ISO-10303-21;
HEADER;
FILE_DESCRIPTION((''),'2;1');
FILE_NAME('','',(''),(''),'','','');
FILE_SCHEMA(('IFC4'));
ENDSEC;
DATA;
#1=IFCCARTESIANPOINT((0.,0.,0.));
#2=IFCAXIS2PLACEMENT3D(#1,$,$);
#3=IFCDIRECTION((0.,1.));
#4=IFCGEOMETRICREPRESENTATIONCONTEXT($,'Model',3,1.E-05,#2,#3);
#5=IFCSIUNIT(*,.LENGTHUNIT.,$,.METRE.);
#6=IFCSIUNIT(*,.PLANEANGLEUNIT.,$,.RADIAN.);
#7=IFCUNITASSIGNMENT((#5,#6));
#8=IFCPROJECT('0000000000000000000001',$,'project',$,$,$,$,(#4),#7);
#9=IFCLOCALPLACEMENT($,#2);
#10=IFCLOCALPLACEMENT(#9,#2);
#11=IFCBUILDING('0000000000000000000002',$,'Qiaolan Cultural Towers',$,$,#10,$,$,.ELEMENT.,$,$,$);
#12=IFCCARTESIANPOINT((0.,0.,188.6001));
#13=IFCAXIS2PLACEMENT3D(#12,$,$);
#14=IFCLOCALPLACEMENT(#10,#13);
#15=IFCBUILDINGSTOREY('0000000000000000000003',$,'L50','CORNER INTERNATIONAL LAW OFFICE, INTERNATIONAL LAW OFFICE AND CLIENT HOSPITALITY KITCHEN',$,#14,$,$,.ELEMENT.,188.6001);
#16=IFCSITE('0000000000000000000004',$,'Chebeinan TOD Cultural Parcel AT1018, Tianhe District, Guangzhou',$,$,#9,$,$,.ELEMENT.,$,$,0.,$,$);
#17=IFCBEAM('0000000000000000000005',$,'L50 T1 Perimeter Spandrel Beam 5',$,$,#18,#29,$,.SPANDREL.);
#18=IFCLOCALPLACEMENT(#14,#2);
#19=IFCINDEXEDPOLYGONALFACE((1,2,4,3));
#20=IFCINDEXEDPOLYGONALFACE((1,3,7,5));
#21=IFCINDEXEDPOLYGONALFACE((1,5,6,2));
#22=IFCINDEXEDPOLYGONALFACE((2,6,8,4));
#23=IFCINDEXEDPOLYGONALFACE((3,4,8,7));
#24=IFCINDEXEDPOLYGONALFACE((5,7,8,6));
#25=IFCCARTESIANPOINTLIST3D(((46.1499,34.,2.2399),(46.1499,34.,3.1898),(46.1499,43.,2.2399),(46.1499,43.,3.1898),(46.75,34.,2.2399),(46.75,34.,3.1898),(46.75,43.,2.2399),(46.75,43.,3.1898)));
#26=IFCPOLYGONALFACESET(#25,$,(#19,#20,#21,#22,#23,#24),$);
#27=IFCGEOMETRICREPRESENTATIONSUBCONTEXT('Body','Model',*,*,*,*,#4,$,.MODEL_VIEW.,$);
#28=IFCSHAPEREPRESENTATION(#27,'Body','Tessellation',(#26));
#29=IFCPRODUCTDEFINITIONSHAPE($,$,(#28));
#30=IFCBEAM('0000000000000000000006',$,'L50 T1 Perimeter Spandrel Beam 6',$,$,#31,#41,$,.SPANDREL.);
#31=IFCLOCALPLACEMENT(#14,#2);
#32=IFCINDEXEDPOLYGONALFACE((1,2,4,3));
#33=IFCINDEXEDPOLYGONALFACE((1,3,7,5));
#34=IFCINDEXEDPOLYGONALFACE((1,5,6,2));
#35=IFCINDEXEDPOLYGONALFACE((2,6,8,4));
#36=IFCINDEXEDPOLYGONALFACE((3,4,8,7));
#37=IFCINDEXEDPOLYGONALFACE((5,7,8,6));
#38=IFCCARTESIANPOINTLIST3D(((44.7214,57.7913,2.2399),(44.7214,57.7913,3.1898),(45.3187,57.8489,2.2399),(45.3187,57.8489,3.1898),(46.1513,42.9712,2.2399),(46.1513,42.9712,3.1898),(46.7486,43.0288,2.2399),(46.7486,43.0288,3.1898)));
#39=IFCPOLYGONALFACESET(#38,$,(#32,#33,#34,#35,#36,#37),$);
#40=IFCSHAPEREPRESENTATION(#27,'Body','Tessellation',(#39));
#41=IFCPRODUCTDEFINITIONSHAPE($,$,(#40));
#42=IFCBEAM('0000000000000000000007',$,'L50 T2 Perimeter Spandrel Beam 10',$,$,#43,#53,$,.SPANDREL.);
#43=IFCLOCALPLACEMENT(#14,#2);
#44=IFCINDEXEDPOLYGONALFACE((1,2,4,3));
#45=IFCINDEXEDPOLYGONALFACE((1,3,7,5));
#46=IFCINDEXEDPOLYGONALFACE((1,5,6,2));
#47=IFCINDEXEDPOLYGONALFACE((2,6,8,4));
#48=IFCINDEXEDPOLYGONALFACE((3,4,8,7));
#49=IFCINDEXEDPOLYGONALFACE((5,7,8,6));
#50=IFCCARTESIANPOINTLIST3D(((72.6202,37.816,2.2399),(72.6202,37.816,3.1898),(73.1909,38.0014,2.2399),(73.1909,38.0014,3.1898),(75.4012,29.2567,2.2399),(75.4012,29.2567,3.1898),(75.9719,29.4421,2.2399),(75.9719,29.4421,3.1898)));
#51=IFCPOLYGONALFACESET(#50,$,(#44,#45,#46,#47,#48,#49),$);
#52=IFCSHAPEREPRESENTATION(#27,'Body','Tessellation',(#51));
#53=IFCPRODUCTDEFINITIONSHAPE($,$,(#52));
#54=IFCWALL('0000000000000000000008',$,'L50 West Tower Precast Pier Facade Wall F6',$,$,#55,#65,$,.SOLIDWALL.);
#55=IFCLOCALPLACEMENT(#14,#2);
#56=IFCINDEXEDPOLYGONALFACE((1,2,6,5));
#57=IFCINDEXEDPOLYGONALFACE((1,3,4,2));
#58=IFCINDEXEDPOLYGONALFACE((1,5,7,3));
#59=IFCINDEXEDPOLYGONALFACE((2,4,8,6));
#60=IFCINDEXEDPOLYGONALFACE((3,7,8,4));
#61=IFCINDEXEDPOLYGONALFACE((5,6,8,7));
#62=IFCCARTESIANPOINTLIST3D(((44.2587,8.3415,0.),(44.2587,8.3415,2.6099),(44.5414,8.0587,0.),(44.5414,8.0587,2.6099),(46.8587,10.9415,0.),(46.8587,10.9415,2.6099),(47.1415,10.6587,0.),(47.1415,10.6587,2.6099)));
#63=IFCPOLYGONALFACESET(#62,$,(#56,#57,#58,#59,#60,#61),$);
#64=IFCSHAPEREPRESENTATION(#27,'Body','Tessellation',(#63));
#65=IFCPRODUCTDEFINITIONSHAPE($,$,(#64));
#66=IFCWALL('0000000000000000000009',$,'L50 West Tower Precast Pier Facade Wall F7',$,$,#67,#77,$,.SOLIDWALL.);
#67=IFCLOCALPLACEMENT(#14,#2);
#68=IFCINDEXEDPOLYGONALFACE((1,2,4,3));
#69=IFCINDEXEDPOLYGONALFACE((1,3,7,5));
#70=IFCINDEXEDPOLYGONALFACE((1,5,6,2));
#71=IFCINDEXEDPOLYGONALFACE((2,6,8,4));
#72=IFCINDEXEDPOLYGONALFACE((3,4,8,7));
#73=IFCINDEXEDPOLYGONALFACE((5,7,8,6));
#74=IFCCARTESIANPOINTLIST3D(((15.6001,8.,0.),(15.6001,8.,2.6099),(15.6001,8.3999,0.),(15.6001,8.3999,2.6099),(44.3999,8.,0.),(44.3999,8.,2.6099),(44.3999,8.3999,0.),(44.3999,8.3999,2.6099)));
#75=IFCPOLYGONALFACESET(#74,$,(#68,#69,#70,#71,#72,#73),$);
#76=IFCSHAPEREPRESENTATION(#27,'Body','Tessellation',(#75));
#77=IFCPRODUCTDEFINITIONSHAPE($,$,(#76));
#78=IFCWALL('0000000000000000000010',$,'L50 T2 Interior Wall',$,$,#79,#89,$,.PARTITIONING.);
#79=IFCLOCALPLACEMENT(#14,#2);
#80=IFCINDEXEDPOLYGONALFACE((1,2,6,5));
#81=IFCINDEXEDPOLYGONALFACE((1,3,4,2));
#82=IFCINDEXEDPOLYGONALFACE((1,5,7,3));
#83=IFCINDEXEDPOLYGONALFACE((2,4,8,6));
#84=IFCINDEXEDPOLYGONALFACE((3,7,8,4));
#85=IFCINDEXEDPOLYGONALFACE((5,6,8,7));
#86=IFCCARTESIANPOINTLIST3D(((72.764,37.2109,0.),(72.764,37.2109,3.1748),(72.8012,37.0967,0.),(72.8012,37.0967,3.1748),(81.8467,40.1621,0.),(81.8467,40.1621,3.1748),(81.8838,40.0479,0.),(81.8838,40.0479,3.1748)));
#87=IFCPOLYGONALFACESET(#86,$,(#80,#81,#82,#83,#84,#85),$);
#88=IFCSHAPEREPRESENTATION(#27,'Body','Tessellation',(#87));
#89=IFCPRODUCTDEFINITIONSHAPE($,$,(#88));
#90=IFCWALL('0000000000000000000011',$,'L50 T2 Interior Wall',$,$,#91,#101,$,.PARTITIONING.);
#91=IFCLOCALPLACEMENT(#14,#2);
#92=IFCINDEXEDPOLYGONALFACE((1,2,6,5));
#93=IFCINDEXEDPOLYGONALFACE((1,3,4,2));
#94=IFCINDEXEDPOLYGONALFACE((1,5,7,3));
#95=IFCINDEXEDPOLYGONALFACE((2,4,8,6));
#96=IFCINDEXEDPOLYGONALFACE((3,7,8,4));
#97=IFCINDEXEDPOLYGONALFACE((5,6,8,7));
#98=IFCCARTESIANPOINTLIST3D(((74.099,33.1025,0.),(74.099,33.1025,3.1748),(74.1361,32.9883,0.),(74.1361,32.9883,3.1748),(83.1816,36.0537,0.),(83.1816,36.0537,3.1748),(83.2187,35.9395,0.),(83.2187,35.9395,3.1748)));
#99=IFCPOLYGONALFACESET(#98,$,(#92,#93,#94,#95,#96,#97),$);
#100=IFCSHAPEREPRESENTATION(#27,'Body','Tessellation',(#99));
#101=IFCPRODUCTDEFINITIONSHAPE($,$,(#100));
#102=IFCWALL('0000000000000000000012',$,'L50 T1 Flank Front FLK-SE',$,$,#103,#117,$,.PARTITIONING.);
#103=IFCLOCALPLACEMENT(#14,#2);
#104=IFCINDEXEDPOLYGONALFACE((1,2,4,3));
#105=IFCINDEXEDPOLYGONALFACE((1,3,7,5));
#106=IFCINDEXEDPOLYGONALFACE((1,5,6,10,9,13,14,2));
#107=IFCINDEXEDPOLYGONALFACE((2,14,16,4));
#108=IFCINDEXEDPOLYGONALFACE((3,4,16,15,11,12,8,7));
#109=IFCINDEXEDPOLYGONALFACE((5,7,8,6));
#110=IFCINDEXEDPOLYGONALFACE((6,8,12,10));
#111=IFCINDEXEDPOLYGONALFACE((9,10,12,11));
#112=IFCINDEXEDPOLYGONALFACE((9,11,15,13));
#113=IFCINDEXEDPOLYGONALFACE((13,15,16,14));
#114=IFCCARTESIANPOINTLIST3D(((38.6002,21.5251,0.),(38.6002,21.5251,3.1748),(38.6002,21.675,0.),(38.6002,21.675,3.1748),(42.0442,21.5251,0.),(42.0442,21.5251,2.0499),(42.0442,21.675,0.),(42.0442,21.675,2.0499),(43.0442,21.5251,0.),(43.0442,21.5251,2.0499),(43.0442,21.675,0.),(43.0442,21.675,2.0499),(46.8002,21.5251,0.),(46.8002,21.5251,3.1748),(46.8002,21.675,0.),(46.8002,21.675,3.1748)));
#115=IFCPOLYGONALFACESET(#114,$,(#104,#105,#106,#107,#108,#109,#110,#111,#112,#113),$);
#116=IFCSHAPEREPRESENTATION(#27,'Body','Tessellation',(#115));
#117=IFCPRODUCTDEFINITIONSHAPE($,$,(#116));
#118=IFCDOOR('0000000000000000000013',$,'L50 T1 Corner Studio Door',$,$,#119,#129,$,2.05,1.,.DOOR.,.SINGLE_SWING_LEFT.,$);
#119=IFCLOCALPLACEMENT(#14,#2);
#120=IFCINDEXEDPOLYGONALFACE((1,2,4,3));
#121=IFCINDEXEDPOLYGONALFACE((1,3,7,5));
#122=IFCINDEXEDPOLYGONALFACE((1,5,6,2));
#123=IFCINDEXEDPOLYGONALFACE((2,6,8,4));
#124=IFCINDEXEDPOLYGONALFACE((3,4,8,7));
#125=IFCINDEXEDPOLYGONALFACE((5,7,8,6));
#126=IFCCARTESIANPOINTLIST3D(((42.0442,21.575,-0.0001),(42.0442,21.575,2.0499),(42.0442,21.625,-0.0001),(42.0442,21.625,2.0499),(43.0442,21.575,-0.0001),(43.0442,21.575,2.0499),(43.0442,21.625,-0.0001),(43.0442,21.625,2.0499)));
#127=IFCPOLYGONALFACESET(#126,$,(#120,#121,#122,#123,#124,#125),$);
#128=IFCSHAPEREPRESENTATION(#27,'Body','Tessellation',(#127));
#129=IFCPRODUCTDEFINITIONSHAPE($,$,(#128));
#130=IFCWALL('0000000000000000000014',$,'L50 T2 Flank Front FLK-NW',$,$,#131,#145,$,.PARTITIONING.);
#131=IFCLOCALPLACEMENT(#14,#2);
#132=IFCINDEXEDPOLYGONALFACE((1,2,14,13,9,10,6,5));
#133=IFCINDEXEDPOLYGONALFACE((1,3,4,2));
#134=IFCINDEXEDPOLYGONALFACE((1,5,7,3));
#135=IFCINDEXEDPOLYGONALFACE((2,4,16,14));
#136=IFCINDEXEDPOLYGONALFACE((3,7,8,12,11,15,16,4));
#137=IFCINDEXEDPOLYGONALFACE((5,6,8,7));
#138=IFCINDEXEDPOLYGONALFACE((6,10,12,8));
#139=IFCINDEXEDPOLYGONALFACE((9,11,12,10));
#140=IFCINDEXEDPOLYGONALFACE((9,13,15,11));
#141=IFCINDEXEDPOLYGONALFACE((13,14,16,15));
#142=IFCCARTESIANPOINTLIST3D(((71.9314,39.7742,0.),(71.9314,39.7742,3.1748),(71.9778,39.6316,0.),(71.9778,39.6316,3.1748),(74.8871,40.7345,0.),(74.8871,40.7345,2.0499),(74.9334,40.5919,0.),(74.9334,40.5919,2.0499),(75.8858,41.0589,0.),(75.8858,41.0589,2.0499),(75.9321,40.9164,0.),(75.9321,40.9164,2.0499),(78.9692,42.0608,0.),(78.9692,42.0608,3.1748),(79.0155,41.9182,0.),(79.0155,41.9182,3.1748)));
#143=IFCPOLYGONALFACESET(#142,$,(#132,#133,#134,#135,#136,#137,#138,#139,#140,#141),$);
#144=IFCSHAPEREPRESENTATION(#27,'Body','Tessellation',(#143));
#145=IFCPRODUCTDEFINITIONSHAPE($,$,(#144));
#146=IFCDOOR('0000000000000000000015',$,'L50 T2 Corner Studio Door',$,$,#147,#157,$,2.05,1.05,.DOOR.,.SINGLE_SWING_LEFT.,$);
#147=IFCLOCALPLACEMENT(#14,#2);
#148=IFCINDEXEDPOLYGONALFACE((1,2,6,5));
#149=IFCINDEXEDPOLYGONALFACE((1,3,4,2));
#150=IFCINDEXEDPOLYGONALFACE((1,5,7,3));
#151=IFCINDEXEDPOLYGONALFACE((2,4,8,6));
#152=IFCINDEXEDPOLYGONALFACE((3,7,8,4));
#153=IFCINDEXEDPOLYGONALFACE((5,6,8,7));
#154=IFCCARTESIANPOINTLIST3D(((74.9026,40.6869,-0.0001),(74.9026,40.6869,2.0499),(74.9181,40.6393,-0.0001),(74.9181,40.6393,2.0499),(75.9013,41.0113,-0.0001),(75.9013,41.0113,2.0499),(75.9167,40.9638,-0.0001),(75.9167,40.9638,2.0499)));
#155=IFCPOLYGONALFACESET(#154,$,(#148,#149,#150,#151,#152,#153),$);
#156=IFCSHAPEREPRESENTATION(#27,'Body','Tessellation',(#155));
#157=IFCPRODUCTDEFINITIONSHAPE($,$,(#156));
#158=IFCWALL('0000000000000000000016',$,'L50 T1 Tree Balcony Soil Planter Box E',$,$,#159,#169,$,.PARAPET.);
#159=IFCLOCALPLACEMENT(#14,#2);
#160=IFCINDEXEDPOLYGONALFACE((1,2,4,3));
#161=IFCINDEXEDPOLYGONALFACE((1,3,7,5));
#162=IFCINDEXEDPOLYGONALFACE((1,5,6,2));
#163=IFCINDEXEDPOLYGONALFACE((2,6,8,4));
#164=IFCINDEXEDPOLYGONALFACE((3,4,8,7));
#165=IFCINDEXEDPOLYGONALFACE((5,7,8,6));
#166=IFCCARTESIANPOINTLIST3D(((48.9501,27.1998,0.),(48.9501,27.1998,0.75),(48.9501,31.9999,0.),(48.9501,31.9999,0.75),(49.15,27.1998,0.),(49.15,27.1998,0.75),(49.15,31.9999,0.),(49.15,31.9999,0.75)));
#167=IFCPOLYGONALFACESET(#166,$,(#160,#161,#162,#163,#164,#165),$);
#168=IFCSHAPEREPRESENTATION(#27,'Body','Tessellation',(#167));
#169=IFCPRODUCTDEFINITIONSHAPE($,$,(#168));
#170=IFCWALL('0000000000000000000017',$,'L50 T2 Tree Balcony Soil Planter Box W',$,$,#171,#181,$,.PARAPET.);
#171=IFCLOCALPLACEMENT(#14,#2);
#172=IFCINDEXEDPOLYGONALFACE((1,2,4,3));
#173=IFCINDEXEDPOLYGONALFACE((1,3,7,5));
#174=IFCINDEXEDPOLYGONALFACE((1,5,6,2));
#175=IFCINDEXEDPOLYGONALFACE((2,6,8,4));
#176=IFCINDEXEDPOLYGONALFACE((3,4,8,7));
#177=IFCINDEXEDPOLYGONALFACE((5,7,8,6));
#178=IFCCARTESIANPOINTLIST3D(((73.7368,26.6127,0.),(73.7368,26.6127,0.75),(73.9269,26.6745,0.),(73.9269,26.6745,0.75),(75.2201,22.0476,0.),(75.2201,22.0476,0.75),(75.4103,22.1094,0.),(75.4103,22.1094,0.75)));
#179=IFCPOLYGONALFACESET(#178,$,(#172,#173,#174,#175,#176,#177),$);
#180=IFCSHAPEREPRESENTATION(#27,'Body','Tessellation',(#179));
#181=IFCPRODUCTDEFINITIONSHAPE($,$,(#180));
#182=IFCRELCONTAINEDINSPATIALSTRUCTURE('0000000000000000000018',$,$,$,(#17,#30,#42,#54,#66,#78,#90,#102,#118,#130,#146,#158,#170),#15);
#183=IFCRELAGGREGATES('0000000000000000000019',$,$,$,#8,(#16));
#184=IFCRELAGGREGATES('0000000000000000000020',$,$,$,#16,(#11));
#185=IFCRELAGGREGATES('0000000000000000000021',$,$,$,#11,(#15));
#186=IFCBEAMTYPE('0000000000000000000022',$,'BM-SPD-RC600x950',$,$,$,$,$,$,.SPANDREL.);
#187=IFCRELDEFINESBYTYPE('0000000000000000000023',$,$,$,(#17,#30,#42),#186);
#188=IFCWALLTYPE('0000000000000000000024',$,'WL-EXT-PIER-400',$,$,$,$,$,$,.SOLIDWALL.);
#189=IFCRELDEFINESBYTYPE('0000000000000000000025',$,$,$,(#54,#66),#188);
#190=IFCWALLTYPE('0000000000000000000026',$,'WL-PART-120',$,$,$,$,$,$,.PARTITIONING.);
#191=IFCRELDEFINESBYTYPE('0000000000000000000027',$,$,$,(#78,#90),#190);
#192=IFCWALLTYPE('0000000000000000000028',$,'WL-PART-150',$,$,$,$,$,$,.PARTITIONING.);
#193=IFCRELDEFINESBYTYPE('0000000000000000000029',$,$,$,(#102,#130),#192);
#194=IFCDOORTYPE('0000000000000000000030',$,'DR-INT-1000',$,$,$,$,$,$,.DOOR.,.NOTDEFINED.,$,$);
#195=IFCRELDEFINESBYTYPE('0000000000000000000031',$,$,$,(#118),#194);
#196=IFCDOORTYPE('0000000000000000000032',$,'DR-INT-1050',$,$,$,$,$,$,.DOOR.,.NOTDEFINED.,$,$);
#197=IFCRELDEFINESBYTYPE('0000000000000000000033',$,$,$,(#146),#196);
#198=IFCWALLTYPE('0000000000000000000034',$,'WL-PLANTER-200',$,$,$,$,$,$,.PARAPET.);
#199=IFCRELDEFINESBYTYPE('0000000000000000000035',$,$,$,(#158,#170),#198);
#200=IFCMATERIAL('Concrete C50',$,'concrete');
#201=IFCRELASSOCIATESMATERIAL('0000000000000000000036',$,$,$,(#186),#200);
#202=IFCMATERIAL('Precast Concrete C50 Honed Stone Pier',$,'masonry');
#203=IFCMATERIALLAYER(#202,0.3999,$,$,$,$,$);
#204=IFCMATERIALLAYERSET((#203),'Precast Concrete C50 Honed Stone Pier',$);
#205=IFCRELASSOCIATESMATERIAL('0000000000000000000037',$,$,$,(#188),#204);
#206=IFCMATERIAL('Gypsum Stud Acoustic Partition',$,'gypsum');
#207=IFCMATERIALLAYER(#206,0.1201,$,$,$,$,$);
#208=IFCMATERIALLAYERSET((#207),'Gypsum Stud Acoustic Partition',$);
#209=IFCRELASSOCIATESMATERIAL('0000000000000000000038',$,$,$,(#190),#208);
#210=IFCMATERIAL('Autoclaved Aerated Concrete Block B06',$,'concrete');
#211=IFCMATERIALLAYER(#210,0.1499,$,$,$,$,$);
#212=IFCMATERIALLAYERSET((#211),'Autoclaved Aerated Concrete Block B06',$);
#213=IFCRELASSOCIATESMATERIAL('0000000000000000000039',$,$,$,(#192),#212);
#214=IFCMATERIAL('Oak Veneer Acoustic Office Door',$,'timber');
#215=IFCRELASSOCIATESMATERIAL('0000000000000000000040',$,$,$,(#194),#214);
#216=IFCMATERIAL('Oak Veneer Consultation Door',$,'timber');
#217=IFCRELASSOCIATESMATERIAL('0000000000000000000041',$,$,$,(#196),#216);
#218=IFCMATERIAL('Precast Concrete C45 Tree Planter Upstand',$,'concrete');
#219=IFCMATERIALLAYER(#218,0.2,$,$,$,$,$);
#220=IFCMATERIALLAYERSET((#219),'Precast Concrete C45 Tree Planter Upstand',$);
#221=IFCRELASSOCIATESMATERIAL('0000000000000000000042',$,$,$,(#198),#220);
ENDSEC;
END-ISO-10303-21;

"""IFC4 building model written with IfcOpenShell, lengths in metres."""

from ifc_helpers import new_model, si_unit, direction, frame, frame_2d, origin, origin_2d, place, context, subcontext, project, spatial, rectangle, extrude, material, layer, layer_set, material_profile, profile_set, type_object, element, fill, save


model = new_model("IFC4")

# Units and contexts
model_context = context("Model", 3, precision=1e-05, world=origin(), true_north=direction((0.0, 1.0)))
body_context = subcontext(model_context, "Body", "Model", "MODEL_VIEW")
ifc_project = project(units=[si_unit("LENGTHUNIT", "METRE"), si_unit("PLANEANGLEUNIT", "RADIAN")], contexts=[model_context])

# Site, building, storey
site_placement = place(None, origin())
site = spatial("IfcSite", under=ifc_project, at=site_placement, Name="Chebeinan TOD Cultural Parcel AT1018, Tianhe District, Guangzhou", CompositionType="ELEMENT", RefElevation=0.0)
building_placement = place(site_placement, origin())
building = spatial("IfcBuilding", under=site, at=building_placement, Name="Qiaolan Cultural Towers", CompositionType="ELEMENT")
storey_placement = place(building_placement, frame((0.0, 0.0, 188.6001)))
storey = spatial("IfcBuildingStorey", under=building, at=storey_placement, Name="L50", Description="CORNER INTERNATIONAL LAW OFFICE, INTERNATIONAL LAW OFFICE AND CLIENT HOSPITALITY KITCHEN", CompositionType="ELEMENT", Elevation=188.6001)

# Beams
ifc_material_1 = material(Name="Concrete C50", Category="concrete")
ifc_material_profile_1 = material_profile(ifc_material_1, rectangle(XDim=0.6001, YDim=0.95, at=origin_2d()), Name="RC600x950")
ifc_profile_set_1 = profile_set([ifc_material_profile_1], Name="Concrete C50")
beam_type_1 = type_object("IfcBeamType", Name="BM-SPD-RC600x950", PredefinedType="SPANDREL", material=ifc_profile_set_1)
for number, where, z_axis, x_axis, name in (
    (1, (46.45, 34.0, 2.7148), (0.0, 1.0, 0.0), (-1.0, 0.0, 0.0), "L50 T1 Perimeter Spandrel Beam 5"),
):
    element("IfcBeam", number, at=place(storey_placement, frame(where, z_axis=z_axis, x_axis=x_axis)), inside=storey, type_object=beam_type_1, Name=name, PredefinedType="SPANDREL", context=body_context, shape_type="SweptSolid", body=[
        extrude(rectangle(XDim=0.6001, YDim=0.95, at=origin_2d()), origin(), (0.0, 0.0, 1.0), 9.0),
    ])
beam_1_placement = place(storey_placement, frame((46.45, 43.0, 2.7148), z_axis=(-0.09604, 0.995377, 0.0), x_axis=(-0.995377, -0.09604, 0.0)))
element("IfcBeam", 2, at=beam_1_placement, inside=storey, type_object=beam_type_1, Name="L50 T1 Perimeter Spandrel Beam 6", PredefinedType="SPANDREL", context=body_context, shape_type="SweptSolid", body=[
    extrude(rectangle(XDim=0.6001, YDim=0.95, at=origin_2d()), origin(), (0.0, 0.0, 1.0), 14.8889),
])
beam_2_placement = place(storey_placement, frame((72.9055, 37.9087, 2.7148), z_axis=(0.309008, -0.951059, 0.0), x_axis=(0.951059, 0.309008, 0.0)))
element("IfcBeam", 3, at=beam_2_placement, inside=storey, type_object=beam_type_1, Name="L50 T2 Perimeter Spandrel Beam 10", PredefinedType="SPANDREL", context=body_context, shape_type="SweptSolid", body=[
    extrude(rectangle(XDim=0.6001, YDim=0.95, at=origin_2d()), origin(), (0.0, 0.0, 1.0), 8.9998),
])

# Walls
ifc_material_2 = material(Name="Precast Concrete C50 Honed Stone Pier", Category="masonry")
ifc_layer_1 = layer(ifc_material_2, 0.3999)
ifc_layer_set_1 = layer_set([ifc_layer_1], Name="Precast Concrete C50 Honed Stone Pier")
wall_type_1 = type_object("IfcWallType", Name="WL-EXT-PIER-400", PredefinedType="SOLIDWALL", material=ifc_layer_set_1)
wall_1_placement = place(storey_placement, frame((47.0, 10.8, 0.0), z_axis=(0.0, 0.0, 1.0), x_axis=(-0.707107, -0.707107, 0.0)))
element("IfcWall", 4, at=wall_1_placement, inside=storey, type_object=wall_type_1, Name="L50 West Tower Precast Pier Facade Wall F6", PredefinedType="SOLIDWALL", context=body_context, shape_type="SweptSolid", body=[
    extrude(rectangle(XDim=3.677, YDim=0.3999, at=frame_2d((1.8384, 0.0))), origin(), (0.0, 0.0, 1.0), 2.6099),
])
wall_2_placement = place(storey_placement, frame((44.3999, 8.2, 0.0), z_axis=(0.0, 0.0, 1.0), x_axis=(-1.0, 0.0, 0.0)))
element("IfcWall", 5, at=wall_2_placement, inside=storey, type_object=wall_type_1, Name="L50 West Tower Precast Pier Facade Wall F7", PredefinedType="SOLIDWALL", context=body_context, shape_type="SweptSolid", body=[
    extrude(rectangle(XDim=28.7998, YDim=0.3999, at=frame_2d((14.3999, 0.0))), origin(), (0.0, 0.0, 1.0), 2.6099),
])
ifc_material_3 = material(Name="Gypsum Stud Acoustic Partition", Category="gypsum")
ifc_layer_2 = layer(ifc_material_3, 0.1201)
ifc_layer_set_2 = layer_set([ifc_layer_2], Name="Gypsum Stud Acoustic Partition")
wall_type_2 = type_object("IfcWallType", Name="WL-PART-120", PredefinedType="PARTITIONING", material=ifc_layer_set_2)
for number, where, z_axis, x_axis, name in (
    (6, (72.7827, 37.1538, 0.0), (0.0, 0.0, 1.0), (0.951054, 0.309025, 0.0), "L50 T2 Interior Wall"),
    (7, (74.1177, 33.0454, 0.0), (0.0, 0.0, 1.0), (0.951054, 0.309025, 0.0), "L50 T2 Interior Wall"),
):
    element("IfcWall", number, at=place(storey_placement, frame(where, z_axis=z_axis, x_axis=x_axis)), inside=storey, type_object=wall_type_2, Name=name, PredefinedType="PARTITIONING", context=body_context, shape_type="SweptSolid", body=[
        extrude(rectangle(XDim=9.55, YDim=0.1201, at=frame_2d((4.7749, 0.0))), origin(), (0.0, 0.0, 1.0), 3.1748),
    ])

# Walls, openings, doors
ifc_material_4 = material(Name="Autoclaved Aerated Concrete Block B06", Category="concrete")
ifc_layer_3 = layer(ifc_material_4, 0.1499)
ifc_layer_set_3 = layer_set([ifc_layer_3], Name="Autoclaved Aerated Concrete Block B06")
wall_type_3 = type_object("IfcWallType", Name="WL-PART-150", PredefinedType="PARTITIONING", material=ifc_layer_set_3)
wall_3_placement = place(storey_placement, frame((38.6001, 21.6001, 0.0), z_axis=(0.0, 0.0, 1.0), x_axis=(1.0, 0.0, 0.0)))
wall_3 = element("IfcWall", 8, at=wall_3_placement, inside=storey, type_object=wall_type_3, Name="L50 T1 Flank Front FLK-SE", PredefinedType="PARTITIONING", context=body_context, shape_type="SweptSolid", body=[
    extrude(rectangle(XDim=8.2, YDim=0.1499, at=frame_2d((4.1001, 0.0))), origin(), (0.0, 0.0, 1.0), 3.1748),
])
opening_1_placement = place(wall_3_placement, frame((3.4441, 0.0, 0.0)))
opening_1 = element("IfcOpeningElement", 9, at=opening_1_placement, cuts=wall_3, PredefinedType="OPENING", context=body_context, shape_type="SweptSolid", body=[
    extrude(rectangle(XDim=1.0, YDim=2.05, at=frame_2d((0.5, 1.0249))), frame((0.0, 0.085, 0.0), z_axis=(0.0, -1.0, 0.0), x_axis=(1.0, 0.0, 0.0)), (0.0, 0.0, 1.0), 0.1699),
])
ifc_material_5 = material(Name="Oak Veneer Acoustic Office Door", Category="timber")
door_type_1 = type_object("IfcDoorType", Name="DR-INT-1000", OperationType="NOTDEFINED", PredefinedType="DOOR", material=ifc_material_5)
door_1_placement = place(opening_1_placement, origin())
door_1 = element("IfcDoor", 10, at=door_1_placement, inside=storey, type_object=door_type_1, Name="L50 T1 Corner Studio Door", OperationType="SINGLE_SWING_LEFT", OverallHeight=2.05, OverallWidth=1.0, PredefinedType="DOOR", context=body_context, shape_type="SweptSolid", body=[
    extrude(rectangle(XDim=1.0, YDim=2.05, at=frame_2d((0.5, 1.0249))), frame((0.0, 0.0249, 0.0), z_axis=(0.0, -1.0, 0.0), x_axis=(1.0, 0.0, 0.0)), (0.0, 0.0, 1.0), 0.05),
])
fill(opening_1, door_1)
wall_4_placement = place(storey_placement, frame((71.9546, 39.7029, 0.0), z_axis=(0.0, 0.0, 1.0), x_axis=(0.951061, 0.309003, 0.0)))
wall_4 = element("IfcWall", 11, at=wall_4_placement, inside=storey, type_object=wall_type_3, Name="L50 T2 Flank Front FLK-NW", PredefinedType="PARTITIONING", context=body_context, shape_type="SweptSolid", body=[
    extrude(rectangle(XDim=7.3999, YDim=0.1499, at=frame_2d((3.7, 0.0))), origin(), (0.0, 0.0, 1.0), 3.1748),
])
opening_2_placement = place(wall_4_placement, frame((3.1079, 0.0, 0.0)))
opening_2 = element("IfcOpeningElement", 12, at=opening_2_placement, cuts=wall_4, PredefinedType="OPENING", context=body_context, shape_type="SweptSolid", body=[
    extrude(rectangle(XDim=1.05, YDim=2.05, at=frame_2d((0.5249, 1.0249))), frame((0.0, 0.085, 0.0), z_axis=(0.0, -1.0, 0.0), x_axis=(1.0, 0.0, 0.0)), (0.0, 0.0, 1.0), 0.1699),
])
ifc_material_6 = material(Name="Oak Veneer Consultation Door", Category="timber")
door_type_2 = type_object("IfcDoorType", Name="DR-INT-1050", OperationType="NOTDEFINED", PredefinedType="DOOR", material=ifc_material_6)
door_2_placement = place(opening_2_placement, origin())
door_2 = element("IfcDoor", 13, at=door_2_placement, inside=storey, type_object=door_type_2, Name="L50 T2 Corner Studio Door", OperationType="SINGLE_SWING_LEFT", OverallHeight=2.05, OverallWidth=1.05, PredefinedType="DOOR", context=body_context, shape_type="SweptSolid", body=[
    extrude(rectangle(XDim=1.05, YDim=2.05, at=frame_2d((0.5249, 1.0249))), frame((0.0, 0.0249, 0.0), z_axis=(0.0, -1.0, 0.0), x_axis=(1.0, 0.0, 0.0)), (0.0, 0.0, 1.0), 0.05),
])
fill(opening_2, door_2)

# Walls
ifc_material_7 = material(Name="Precast Concrete C45 Tree Planter Upstand", Category="concrete")
ifc_layer_4 = layer(ifc_material_7, 0.2)
ifc_layer_set_4 = layer_set([ifc_layer_4], Name="Precast Concrete C45 Tree Planter Upstand")
wall_type_4 = type_object("IfcWallType", Name="WL-PLANTER-200", PredefinedType="PARAPET", material=ifc_layer_set_4)
for number, where, z_axis, x_axis, name in (
    (14, (49.05, 27.2, 0.0), (0.0, 0.0, 1.0), (0.0, 1.0, 0.0), "L50 T1 Tree Balcony Soil Planter Box E"),
    (15, (75.3152, 22.0786, 0.0), (0.0, 0.0, 1.0), (-0.309032, 0.951052, 0.0), "L50 T2 Tree Balcony Soil Planter Box W"),
):
    element("IfcWall", number, at=place(storey_placement, frame(where, z_axis=z_axis, x_axis=x_axis)), inside=storey, type_object=wall_type_4, Name=name, PredefinedType="PARAPET", context=body_context, shape_type="SweptSolid", body=[
        extrude(rectangle(XDim=4.8, YDim=0.2, at=frame_2d((2.3999, 0.0))), origin(), (0.0, 0.0, 1.0), 0.75),
    ])

save(model, "model.ifc")
